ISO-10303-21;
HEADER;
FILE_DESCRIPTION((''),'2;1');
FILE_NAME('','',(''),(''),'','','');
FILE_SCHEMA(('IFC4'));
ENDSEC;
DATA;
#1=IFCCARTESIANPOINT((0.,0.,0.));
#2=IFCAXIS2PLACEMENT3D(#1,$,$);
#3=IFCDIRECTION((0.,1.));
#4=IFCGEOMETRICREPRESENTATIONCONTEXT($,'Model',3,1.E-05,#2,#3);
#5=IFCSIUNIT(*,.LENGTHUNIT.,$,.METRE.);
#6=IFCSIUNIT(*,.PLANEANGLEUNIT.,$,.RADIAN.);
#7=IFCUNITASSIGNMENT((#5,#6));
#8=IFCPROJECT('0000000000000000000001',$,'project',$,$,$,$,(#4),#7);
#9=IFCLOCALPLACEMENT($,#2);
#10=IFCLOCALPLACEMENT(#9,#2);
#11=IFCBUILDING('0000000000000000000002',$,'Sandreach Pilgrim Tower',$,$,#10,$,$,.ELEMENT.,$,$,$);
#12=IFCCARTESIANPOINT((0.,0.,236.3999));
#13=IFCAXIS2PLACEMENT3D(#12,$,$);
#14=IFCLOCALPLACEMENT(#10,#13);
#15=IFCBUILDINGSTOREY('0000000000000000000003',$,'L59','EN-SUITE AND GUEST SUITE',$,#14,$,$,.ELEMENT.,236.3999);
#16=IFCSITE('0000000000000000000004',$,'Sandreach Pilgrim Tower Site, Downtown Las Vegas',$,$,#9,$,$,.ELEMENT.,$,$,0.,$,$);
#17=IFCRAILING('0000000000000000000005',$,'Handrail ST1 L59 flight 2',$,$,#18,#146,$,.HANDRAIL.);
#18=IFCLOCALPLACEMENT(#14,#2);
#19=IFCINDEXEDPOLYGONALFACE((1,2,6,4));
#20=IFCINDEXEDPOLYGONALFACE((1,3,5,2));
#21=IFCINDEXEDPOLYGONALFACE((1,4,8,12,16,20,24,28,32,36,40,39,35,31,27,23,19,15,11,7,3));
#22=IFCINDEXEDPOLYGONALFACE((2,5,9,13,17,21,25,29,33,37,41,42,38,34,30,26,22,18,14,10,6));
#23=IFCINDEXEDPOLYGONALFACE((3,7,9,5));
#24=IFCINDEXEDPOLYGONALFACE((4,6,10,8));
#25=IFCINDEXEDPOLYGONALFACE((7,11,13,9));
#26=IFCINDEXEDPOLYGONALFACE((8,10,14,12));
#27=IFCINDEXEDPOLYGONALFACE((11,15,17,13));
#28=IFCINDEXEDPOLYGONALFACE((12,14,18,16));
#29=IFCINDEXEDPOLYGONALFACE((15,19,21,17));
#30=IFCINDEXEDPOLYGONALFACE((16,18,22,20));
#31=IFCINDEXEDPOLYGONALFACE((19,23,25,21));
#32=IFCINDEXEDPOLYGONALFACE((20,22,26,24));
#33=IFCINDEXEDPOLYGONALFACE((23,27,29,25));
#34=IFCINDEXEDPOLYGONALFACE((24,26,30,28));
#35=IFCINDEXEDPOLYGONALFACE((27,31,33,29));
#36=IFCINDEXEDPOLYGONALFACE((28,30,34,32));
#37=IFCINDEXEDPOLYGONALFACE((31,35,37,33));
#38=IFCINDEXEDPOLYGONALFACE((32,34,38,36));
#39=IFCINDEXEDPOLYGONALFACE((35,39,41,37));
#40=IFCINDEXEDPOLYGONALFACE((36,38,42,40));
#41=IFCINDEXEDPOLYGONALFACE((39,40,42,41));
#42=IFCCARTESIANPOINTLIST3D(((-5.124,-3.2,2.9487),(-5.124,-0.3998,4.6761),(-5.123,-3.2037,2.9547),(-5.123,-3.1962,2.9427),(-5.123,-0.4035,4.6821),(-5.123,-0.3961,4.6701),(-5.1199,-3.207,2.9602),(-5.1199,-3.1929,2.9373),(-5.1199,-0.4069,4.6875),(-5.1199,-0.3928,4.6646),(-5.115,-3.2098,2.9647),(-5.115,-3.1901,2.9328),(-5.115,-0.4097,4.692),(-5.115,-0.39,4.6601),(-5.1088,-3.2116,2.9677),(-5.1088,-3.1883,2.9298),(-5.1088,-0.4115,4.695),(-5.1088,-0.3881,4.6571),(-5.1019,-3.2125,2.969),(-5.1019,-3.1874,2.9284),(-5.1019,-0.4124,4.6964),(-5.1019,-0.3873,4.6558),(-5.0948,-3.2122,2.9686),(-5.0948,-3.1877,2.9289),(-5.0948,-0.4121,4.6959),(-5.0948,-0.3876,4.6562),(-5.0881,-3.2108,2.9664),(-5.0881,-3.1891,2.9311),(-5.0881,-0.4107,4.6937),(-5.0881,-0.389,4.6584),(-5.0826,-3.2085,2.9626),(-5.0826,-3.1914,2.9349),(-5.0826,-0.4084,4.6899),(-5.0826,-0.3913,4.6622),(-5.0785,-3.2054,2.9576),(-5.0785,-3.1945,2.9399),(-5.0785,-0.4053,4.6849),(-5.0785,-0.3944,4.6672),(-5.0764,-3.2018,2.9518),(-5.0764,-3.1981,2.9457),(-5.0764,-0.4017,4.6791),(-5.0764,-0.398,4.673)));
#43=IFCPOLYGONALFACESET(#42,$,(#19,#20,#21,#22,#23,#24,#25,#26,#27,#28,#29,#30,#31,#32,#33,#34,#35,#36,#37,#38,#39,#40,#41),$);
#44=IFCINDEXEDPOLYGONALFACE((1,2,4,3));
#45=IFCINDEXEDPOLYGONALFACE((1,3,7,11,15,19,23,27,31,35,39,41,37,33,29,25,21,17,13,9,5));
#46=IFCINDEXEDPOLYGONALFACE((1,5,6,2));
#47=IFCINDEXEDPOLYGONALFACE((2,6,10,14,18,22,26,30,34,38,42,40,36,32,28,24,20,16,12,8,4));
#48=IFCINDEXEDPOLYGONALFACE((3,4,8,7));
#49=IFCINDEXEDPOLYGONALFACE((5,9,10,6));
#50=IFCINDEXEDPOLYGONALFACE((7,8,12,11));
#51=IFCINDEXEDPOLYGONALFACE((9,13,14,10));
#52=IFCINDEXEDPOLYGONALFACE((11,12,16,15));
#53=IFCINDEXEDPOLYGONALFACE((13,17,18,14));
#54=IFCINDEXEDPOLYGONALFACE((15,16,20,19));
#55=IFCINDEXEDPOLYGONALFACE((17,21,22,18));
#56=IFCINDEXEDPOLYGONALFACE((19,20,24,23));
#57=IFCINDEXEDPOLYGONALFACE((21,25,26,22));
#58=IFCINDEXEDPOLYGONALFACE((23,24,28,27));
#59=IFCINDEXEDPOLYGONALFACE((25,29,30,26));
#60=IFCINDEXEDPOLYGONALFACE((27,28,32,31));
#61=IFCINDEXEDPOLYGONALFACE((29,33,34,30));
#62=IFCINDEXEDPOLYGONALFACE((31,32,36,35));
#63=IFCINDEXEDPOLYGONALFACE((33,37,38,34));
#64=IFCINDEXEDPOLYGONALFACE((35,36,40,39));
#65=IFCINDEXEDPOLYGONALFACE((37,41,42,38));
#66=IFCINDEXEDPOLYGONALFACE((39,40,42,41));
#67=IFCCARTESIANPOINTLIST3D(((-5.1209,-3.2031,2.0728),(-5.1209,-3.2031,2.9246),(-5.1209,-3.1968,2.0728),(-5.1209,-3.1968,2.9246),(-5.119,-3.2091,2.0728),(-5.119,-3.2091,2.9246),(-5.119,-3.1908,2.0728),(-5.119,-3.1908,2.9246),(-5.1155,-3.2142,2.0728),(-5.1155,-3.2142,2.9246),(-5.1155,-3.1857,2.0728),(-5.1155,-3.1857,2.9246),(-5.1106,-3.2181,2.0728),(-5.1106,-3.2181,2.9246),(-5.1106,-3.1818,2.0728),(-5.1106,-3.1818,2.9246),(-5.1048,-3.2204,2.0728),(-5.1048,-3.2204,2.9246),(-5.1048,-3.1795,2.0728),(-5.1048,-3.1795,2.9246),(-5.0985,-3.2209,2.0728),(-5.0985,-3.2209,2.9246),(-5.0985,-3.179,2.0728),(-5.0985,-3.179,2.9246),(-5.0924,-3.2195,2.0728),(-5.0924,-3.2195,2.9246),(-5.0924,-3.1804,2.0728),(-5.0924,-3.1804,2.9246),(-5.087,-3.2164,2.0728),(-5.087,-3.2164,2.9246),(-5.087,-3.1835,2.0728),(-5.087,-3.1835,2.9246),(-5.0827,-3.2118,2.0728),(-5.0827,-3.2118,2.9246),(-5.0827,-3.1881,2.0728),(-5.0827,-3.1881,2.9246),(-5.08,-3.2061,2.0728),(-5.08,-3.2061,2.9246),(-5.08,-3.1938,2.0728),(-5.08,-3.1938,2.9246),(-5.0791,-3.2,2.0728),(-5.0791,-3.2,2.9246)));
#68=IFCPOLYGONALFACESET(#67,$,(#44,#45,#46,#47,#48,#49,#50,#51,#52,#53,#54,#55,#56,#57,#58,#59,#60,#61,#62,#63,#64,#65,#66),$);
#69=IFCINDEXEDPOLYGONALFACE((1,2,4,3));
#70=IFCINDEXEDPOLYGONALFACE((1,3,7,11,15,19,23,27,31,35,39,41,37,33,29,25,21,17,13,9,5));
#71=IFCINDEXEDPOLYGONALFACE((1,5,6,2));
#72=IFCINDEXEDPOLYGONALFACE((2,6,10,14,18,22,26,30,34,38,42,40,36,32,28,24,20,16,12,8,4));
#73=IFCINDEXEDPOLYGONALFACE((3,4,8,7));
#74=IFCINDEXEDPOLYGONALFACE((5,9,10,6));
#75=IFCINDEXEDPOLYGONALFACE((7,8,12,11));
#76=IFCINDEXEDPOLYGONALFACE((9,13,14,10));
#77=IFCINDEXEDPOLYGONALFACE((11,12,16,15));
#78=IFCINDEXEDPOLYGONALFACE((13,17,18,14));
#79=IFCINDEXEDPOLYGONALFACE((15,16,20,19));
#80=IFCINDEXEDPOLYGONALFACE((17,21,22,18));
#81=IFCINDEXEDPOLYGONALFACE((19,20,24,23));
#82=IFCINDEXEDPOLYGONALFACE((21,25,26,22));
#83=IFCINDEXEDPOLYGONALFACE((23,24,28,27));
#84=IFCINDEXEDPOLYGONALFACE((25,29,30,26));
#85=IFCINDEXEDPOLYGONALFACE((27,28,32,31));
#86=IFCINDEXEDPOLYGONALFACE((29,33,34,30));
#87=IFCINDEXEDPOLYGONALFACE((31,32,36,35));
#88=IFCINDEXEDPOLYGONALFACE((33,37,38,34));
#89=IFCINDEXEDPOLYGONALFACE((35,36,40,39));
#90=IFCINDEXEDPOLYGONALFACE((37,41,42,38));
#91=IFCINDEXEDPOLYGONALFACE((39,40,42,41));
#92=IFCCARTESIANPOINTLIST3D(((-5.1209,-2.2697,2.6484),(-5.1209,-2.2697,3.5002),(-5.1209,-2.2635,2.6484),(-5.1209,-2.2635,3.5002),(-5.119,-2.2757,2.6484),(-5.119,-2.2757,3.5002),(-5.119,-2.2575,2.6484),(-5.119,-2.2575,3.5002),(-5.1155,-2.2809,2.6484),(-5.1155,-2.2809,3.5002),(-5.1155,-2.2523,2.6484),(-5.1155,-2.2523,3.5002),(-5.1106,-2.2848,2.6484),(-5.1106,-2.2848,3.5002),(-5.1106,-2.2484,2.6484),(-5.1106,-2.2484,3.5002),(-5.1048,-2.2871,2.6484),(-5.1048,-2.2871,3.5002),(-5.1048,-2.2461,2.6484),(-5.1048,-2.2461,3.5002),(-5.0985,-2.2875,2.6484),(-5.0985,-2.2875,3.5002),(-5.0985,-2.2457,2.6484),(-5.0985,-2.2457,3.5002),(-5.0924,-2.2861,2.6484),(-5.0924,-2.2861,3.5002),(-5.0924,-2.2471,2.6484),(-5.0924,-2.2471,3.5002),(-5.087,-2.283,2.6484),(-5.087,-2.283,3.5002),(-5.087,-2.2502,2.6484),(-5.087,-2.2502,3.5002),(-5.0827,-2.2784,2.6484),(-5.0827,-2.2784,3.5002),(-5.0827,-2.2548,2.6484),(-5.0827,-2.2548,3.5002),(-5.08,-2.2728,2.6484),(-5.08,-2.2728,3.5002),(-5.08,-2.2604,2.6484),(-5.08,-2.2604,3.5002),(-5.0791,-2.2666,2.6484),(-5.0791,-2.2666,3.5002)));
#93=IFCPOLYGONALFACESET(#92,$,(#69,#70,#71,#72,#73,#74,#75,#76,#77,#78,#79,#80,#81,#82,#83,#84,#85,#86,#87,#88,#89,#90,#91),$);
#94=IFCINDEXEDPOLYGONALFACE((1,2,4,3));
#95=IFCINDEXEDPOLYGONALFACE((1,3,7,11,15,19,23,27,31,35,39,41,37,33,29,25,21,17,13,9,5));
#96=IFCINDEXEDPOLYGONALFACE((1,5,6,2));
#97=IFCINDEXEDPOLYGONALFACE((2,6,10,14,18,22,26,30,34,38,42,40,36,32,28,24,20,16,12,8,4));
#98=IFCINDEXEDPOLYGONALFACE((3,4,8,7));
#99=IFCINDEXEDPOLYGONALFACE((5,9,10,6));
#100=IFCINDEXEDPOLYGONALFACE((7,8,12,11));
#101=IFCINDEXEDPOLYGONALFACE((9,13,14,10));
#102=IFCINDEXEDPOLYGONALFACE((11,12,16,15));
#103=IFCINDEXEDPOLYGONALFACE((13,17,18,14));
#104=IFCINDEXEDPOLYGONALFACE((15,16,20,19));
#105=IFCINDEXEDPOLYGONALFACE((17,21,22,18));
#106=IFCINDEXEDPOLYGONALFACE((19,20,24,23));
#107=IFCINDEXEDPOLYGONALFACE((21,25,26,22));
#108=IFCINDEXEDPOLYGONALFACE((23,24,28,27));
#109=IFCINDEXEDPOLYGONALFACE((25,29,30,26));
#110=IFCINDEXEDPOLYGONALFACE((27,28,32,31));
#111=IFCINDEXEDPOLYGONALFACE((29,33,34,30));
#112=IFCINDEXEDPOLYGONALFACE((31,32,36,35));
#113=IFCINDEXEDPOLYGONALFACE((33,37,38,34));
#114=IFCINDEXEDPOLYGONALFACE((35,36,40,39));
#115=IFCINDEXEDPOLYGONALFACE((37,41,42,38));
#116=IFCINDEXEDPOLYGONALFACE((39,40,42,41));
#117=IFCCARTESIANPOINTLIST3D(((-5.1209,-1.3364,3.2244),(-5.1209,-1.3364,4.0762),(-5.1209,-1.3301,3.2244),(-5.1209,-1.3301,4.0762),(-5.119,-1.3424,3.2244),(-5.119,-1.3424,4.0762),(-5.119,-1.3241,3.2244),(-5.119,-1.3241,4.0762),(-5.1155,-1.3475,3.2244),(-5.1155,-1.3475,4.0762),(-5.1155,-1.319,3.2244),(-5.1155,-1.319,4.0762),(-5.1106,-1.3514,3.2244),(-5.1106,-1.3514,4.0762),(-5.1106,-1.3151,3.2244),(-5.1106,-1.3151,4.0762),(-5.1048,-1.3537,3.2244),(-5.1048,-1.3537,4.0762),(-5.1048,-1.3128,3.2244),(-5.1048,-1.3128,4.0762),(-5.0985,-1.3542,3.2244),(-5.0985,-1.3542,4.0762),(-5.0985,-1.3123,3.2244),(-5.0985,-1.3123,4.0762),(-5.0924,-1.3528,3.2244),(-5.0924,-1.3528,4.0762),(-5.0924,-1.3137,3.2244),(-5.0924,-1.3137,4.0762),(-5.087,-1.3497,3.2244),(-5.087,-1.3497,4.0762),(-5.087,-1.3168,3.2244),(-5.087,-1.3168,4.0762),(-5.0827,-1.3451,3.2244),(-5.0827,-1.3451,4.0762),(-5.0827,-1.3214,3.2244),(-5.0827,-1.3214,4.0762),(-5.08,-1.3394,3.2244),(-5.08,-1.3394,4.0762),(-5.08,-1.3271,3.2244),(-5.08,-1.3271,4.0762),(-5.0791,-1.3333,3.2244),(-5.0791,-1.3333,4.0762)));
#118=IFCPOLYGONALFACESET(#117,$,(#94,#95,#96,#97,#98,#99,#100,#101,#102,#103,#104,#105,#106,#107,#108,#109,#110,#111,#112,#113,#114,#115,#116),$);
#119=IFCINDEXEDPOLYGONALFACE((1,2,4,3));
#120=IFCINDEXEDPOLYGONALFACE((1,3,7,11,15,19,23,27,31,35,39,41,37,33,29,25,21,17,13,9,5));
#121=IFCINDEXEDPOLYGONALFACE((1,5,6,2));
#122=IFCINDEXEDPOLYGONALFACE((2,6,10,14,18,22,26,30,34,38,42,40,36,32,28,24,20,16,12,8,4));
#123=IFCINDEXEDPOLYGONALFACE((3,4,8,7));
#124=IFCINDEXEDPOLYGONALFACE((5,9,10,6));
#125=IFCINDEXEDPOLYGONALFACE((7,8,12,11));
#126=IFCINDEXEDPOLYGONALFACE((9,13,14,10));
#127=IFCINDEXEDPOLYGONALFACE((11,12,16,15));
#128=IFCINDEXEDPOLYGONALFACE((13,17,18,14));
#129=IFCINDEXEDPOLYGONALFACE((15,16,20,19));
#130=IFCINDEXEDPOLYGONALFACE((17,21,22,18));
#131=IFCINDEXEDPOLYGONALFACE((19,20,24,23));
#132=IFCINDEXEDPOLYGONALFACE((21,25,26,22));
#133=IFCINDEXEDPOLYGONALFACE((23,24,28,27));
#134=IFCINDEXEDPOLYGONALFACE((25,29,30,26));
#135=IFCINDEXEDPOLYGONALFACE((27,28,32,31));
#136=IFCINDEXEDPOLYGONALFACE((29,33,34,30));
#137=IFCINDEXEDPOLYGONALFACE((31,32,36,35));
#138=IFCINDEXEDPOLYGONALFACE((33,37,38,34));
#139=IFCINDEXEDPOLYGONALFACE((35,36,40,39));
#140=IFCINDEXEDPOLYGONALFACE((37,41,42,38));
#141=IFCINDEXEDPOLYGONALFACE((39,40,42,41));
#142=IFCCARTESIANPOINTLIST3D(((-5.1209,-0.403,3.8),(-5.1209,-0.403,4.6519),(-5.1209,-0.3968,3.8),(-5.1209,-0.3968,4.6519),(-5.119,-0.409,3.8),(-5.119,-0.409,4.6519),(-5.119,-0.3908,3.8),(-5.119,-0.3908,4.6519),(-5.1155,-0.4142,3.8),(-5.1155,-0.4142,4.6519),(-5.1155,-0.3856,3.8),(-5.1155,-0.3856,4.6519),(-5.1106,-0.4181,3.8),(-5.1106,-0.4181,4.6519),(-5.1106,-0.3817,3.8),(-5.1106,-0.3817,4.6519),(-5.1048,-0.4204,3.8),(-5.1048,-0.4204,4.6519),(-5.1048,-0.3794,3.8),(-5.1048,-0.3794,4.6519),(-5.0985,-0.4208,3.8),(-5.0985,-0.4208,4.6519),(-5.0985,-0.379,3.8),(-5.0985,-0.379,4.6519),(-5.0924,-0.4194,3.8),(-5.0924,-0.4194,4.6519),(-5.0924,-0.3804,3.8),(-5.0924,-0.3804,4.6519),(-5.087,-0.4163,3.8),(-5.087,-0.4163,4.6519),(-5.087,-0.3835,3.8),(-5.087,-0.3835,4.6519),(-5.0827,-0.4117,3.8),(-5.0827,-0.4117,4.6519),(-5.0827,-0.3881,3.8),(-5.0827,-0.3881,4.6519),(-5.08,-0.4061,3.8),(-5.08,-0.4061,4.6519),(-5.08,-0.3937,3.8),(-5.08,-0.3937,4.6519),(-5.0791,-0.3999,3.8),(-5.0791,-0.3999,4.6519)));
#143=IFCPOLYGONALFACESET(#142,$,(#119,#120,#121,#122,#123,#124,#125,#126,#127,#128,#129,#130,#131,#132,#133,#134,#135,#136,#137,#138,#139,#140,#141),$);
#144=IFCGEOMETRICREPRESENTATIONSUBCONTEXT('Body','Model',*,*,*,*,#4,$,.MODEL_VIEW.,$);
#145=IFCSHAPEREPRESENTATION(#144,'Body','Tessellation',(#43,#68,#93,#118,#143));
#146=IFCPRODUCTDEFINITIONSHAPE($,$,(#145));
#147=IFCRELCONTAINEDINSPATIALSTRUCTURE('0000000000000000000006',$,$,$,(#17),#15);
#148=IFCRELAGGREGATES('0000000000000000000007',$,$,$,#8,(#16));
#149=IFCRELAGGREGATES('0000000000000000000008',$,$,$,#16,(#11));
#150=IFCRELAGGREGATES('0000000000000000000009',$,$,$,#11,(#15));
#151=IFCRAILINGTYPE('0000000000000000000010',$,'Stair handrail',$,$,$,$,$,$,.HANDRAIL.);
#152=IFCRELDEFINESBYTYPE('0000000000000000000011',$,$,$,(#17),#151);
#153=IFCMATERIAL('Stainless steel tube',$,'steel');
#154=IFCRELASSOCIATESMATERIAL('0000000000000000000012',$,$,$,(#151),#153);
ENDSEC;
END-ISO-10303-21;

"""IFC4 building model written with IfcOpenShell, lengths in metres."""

from ifc_helpers import new_model, si_unit, direction, frame, origin, origin_2d, place, context, subcontext, project, spatial, circle, extrude, material, type_object, element, save


model = new_model("IFC4")

# Units and contexts
model_context = context("Model", 3, precision=1e-05, world=origin(), true_north=direction((0.0, 1.0)))
body_context = subcontext(model_context, "Body", "Model", "MODEL_VIEW")
ifc_project = project(units=[si_unit("LENGTHUNIT", "METRE"), si_unit("PLANEANGLEUNIT", "RADIAN")], contexts=[model_context])

# Site, building, storey
site_placement = place(None, origin())
site = spatial("IfcSite", under=ifc_project, at=site_placement, Name="Sandreach Pilgrim Tower Site, Downtown Las Vegas", CompositionType="ELEMENT", RefElevation=0.0)
building_placement = place(site_placement, origin())
building = spatial("IfcBuilding", under=site, at=building_placement, Name="Sandreach Pilgrim Tower", CompositionType="ELEMENT")
storey_placement = place(building_placement, frame((0.0, 0.0, 236.3999)))
storey = spatial("IfcBuildingStorey", under=building, at=storey_placement, Name="L59", Description="EN-SUITE AND GUEST SUITE", CompositionType="ELEMENT", Elevation=236.3999)

# Railing
ifc_material_1 = material(Name="Stainless steel tube", Category="steel")
railing_type = type_object("IfcRailingType", Name="Stair handrail", PredefinedType="HANDRAIL", material=ifc_material_1)
for number, where, name in (
    (1, (-5.1001, -3.2, 2.0728), "Handrail ST1 L59 flight 2"),
):
    element("IfcRailing", number, at=place(storey_placement, frame(where)), inside=storey, type_object=railing_type, Name=name, PredefinedType="HANDRAIL", context=body_context, shape_type="SweptSolid", body=[
        extrude(circle(Radius=0.0239, at=origin_2d()), frame((0.0, 0.0, 0.876), z_axis=(0.0, 0.85109, 0.52502), x_axis=(-1.0, 0.0, 0.0)), (0.0, 0.0, 1.0), 3.29),
        extrude(circle(Radius=0.021, at=origin_2d()), origin(), (0.0, 0.0, 1.0), 0.8518),
        extrude(circle(Radius=0.021, at=origin_2d()), frame((0.0, 0.9333, 0.5757)), (0.0, 0.0, 1.0), 0.8518),
        extrude(circle(Radius=0.021, at=origin_2d()), frame((0.0, 1.8667, 1.1516)), (0.0, 0.0, 1.0), 0.8518),
        extrude(circle(Radius=0.021, at=origin_2d()), frame((0.0, 2.8, 1.7273)), (0.0, 0.0, 1.0), 0.8518),
    ])

save(model, "model.ifc")
